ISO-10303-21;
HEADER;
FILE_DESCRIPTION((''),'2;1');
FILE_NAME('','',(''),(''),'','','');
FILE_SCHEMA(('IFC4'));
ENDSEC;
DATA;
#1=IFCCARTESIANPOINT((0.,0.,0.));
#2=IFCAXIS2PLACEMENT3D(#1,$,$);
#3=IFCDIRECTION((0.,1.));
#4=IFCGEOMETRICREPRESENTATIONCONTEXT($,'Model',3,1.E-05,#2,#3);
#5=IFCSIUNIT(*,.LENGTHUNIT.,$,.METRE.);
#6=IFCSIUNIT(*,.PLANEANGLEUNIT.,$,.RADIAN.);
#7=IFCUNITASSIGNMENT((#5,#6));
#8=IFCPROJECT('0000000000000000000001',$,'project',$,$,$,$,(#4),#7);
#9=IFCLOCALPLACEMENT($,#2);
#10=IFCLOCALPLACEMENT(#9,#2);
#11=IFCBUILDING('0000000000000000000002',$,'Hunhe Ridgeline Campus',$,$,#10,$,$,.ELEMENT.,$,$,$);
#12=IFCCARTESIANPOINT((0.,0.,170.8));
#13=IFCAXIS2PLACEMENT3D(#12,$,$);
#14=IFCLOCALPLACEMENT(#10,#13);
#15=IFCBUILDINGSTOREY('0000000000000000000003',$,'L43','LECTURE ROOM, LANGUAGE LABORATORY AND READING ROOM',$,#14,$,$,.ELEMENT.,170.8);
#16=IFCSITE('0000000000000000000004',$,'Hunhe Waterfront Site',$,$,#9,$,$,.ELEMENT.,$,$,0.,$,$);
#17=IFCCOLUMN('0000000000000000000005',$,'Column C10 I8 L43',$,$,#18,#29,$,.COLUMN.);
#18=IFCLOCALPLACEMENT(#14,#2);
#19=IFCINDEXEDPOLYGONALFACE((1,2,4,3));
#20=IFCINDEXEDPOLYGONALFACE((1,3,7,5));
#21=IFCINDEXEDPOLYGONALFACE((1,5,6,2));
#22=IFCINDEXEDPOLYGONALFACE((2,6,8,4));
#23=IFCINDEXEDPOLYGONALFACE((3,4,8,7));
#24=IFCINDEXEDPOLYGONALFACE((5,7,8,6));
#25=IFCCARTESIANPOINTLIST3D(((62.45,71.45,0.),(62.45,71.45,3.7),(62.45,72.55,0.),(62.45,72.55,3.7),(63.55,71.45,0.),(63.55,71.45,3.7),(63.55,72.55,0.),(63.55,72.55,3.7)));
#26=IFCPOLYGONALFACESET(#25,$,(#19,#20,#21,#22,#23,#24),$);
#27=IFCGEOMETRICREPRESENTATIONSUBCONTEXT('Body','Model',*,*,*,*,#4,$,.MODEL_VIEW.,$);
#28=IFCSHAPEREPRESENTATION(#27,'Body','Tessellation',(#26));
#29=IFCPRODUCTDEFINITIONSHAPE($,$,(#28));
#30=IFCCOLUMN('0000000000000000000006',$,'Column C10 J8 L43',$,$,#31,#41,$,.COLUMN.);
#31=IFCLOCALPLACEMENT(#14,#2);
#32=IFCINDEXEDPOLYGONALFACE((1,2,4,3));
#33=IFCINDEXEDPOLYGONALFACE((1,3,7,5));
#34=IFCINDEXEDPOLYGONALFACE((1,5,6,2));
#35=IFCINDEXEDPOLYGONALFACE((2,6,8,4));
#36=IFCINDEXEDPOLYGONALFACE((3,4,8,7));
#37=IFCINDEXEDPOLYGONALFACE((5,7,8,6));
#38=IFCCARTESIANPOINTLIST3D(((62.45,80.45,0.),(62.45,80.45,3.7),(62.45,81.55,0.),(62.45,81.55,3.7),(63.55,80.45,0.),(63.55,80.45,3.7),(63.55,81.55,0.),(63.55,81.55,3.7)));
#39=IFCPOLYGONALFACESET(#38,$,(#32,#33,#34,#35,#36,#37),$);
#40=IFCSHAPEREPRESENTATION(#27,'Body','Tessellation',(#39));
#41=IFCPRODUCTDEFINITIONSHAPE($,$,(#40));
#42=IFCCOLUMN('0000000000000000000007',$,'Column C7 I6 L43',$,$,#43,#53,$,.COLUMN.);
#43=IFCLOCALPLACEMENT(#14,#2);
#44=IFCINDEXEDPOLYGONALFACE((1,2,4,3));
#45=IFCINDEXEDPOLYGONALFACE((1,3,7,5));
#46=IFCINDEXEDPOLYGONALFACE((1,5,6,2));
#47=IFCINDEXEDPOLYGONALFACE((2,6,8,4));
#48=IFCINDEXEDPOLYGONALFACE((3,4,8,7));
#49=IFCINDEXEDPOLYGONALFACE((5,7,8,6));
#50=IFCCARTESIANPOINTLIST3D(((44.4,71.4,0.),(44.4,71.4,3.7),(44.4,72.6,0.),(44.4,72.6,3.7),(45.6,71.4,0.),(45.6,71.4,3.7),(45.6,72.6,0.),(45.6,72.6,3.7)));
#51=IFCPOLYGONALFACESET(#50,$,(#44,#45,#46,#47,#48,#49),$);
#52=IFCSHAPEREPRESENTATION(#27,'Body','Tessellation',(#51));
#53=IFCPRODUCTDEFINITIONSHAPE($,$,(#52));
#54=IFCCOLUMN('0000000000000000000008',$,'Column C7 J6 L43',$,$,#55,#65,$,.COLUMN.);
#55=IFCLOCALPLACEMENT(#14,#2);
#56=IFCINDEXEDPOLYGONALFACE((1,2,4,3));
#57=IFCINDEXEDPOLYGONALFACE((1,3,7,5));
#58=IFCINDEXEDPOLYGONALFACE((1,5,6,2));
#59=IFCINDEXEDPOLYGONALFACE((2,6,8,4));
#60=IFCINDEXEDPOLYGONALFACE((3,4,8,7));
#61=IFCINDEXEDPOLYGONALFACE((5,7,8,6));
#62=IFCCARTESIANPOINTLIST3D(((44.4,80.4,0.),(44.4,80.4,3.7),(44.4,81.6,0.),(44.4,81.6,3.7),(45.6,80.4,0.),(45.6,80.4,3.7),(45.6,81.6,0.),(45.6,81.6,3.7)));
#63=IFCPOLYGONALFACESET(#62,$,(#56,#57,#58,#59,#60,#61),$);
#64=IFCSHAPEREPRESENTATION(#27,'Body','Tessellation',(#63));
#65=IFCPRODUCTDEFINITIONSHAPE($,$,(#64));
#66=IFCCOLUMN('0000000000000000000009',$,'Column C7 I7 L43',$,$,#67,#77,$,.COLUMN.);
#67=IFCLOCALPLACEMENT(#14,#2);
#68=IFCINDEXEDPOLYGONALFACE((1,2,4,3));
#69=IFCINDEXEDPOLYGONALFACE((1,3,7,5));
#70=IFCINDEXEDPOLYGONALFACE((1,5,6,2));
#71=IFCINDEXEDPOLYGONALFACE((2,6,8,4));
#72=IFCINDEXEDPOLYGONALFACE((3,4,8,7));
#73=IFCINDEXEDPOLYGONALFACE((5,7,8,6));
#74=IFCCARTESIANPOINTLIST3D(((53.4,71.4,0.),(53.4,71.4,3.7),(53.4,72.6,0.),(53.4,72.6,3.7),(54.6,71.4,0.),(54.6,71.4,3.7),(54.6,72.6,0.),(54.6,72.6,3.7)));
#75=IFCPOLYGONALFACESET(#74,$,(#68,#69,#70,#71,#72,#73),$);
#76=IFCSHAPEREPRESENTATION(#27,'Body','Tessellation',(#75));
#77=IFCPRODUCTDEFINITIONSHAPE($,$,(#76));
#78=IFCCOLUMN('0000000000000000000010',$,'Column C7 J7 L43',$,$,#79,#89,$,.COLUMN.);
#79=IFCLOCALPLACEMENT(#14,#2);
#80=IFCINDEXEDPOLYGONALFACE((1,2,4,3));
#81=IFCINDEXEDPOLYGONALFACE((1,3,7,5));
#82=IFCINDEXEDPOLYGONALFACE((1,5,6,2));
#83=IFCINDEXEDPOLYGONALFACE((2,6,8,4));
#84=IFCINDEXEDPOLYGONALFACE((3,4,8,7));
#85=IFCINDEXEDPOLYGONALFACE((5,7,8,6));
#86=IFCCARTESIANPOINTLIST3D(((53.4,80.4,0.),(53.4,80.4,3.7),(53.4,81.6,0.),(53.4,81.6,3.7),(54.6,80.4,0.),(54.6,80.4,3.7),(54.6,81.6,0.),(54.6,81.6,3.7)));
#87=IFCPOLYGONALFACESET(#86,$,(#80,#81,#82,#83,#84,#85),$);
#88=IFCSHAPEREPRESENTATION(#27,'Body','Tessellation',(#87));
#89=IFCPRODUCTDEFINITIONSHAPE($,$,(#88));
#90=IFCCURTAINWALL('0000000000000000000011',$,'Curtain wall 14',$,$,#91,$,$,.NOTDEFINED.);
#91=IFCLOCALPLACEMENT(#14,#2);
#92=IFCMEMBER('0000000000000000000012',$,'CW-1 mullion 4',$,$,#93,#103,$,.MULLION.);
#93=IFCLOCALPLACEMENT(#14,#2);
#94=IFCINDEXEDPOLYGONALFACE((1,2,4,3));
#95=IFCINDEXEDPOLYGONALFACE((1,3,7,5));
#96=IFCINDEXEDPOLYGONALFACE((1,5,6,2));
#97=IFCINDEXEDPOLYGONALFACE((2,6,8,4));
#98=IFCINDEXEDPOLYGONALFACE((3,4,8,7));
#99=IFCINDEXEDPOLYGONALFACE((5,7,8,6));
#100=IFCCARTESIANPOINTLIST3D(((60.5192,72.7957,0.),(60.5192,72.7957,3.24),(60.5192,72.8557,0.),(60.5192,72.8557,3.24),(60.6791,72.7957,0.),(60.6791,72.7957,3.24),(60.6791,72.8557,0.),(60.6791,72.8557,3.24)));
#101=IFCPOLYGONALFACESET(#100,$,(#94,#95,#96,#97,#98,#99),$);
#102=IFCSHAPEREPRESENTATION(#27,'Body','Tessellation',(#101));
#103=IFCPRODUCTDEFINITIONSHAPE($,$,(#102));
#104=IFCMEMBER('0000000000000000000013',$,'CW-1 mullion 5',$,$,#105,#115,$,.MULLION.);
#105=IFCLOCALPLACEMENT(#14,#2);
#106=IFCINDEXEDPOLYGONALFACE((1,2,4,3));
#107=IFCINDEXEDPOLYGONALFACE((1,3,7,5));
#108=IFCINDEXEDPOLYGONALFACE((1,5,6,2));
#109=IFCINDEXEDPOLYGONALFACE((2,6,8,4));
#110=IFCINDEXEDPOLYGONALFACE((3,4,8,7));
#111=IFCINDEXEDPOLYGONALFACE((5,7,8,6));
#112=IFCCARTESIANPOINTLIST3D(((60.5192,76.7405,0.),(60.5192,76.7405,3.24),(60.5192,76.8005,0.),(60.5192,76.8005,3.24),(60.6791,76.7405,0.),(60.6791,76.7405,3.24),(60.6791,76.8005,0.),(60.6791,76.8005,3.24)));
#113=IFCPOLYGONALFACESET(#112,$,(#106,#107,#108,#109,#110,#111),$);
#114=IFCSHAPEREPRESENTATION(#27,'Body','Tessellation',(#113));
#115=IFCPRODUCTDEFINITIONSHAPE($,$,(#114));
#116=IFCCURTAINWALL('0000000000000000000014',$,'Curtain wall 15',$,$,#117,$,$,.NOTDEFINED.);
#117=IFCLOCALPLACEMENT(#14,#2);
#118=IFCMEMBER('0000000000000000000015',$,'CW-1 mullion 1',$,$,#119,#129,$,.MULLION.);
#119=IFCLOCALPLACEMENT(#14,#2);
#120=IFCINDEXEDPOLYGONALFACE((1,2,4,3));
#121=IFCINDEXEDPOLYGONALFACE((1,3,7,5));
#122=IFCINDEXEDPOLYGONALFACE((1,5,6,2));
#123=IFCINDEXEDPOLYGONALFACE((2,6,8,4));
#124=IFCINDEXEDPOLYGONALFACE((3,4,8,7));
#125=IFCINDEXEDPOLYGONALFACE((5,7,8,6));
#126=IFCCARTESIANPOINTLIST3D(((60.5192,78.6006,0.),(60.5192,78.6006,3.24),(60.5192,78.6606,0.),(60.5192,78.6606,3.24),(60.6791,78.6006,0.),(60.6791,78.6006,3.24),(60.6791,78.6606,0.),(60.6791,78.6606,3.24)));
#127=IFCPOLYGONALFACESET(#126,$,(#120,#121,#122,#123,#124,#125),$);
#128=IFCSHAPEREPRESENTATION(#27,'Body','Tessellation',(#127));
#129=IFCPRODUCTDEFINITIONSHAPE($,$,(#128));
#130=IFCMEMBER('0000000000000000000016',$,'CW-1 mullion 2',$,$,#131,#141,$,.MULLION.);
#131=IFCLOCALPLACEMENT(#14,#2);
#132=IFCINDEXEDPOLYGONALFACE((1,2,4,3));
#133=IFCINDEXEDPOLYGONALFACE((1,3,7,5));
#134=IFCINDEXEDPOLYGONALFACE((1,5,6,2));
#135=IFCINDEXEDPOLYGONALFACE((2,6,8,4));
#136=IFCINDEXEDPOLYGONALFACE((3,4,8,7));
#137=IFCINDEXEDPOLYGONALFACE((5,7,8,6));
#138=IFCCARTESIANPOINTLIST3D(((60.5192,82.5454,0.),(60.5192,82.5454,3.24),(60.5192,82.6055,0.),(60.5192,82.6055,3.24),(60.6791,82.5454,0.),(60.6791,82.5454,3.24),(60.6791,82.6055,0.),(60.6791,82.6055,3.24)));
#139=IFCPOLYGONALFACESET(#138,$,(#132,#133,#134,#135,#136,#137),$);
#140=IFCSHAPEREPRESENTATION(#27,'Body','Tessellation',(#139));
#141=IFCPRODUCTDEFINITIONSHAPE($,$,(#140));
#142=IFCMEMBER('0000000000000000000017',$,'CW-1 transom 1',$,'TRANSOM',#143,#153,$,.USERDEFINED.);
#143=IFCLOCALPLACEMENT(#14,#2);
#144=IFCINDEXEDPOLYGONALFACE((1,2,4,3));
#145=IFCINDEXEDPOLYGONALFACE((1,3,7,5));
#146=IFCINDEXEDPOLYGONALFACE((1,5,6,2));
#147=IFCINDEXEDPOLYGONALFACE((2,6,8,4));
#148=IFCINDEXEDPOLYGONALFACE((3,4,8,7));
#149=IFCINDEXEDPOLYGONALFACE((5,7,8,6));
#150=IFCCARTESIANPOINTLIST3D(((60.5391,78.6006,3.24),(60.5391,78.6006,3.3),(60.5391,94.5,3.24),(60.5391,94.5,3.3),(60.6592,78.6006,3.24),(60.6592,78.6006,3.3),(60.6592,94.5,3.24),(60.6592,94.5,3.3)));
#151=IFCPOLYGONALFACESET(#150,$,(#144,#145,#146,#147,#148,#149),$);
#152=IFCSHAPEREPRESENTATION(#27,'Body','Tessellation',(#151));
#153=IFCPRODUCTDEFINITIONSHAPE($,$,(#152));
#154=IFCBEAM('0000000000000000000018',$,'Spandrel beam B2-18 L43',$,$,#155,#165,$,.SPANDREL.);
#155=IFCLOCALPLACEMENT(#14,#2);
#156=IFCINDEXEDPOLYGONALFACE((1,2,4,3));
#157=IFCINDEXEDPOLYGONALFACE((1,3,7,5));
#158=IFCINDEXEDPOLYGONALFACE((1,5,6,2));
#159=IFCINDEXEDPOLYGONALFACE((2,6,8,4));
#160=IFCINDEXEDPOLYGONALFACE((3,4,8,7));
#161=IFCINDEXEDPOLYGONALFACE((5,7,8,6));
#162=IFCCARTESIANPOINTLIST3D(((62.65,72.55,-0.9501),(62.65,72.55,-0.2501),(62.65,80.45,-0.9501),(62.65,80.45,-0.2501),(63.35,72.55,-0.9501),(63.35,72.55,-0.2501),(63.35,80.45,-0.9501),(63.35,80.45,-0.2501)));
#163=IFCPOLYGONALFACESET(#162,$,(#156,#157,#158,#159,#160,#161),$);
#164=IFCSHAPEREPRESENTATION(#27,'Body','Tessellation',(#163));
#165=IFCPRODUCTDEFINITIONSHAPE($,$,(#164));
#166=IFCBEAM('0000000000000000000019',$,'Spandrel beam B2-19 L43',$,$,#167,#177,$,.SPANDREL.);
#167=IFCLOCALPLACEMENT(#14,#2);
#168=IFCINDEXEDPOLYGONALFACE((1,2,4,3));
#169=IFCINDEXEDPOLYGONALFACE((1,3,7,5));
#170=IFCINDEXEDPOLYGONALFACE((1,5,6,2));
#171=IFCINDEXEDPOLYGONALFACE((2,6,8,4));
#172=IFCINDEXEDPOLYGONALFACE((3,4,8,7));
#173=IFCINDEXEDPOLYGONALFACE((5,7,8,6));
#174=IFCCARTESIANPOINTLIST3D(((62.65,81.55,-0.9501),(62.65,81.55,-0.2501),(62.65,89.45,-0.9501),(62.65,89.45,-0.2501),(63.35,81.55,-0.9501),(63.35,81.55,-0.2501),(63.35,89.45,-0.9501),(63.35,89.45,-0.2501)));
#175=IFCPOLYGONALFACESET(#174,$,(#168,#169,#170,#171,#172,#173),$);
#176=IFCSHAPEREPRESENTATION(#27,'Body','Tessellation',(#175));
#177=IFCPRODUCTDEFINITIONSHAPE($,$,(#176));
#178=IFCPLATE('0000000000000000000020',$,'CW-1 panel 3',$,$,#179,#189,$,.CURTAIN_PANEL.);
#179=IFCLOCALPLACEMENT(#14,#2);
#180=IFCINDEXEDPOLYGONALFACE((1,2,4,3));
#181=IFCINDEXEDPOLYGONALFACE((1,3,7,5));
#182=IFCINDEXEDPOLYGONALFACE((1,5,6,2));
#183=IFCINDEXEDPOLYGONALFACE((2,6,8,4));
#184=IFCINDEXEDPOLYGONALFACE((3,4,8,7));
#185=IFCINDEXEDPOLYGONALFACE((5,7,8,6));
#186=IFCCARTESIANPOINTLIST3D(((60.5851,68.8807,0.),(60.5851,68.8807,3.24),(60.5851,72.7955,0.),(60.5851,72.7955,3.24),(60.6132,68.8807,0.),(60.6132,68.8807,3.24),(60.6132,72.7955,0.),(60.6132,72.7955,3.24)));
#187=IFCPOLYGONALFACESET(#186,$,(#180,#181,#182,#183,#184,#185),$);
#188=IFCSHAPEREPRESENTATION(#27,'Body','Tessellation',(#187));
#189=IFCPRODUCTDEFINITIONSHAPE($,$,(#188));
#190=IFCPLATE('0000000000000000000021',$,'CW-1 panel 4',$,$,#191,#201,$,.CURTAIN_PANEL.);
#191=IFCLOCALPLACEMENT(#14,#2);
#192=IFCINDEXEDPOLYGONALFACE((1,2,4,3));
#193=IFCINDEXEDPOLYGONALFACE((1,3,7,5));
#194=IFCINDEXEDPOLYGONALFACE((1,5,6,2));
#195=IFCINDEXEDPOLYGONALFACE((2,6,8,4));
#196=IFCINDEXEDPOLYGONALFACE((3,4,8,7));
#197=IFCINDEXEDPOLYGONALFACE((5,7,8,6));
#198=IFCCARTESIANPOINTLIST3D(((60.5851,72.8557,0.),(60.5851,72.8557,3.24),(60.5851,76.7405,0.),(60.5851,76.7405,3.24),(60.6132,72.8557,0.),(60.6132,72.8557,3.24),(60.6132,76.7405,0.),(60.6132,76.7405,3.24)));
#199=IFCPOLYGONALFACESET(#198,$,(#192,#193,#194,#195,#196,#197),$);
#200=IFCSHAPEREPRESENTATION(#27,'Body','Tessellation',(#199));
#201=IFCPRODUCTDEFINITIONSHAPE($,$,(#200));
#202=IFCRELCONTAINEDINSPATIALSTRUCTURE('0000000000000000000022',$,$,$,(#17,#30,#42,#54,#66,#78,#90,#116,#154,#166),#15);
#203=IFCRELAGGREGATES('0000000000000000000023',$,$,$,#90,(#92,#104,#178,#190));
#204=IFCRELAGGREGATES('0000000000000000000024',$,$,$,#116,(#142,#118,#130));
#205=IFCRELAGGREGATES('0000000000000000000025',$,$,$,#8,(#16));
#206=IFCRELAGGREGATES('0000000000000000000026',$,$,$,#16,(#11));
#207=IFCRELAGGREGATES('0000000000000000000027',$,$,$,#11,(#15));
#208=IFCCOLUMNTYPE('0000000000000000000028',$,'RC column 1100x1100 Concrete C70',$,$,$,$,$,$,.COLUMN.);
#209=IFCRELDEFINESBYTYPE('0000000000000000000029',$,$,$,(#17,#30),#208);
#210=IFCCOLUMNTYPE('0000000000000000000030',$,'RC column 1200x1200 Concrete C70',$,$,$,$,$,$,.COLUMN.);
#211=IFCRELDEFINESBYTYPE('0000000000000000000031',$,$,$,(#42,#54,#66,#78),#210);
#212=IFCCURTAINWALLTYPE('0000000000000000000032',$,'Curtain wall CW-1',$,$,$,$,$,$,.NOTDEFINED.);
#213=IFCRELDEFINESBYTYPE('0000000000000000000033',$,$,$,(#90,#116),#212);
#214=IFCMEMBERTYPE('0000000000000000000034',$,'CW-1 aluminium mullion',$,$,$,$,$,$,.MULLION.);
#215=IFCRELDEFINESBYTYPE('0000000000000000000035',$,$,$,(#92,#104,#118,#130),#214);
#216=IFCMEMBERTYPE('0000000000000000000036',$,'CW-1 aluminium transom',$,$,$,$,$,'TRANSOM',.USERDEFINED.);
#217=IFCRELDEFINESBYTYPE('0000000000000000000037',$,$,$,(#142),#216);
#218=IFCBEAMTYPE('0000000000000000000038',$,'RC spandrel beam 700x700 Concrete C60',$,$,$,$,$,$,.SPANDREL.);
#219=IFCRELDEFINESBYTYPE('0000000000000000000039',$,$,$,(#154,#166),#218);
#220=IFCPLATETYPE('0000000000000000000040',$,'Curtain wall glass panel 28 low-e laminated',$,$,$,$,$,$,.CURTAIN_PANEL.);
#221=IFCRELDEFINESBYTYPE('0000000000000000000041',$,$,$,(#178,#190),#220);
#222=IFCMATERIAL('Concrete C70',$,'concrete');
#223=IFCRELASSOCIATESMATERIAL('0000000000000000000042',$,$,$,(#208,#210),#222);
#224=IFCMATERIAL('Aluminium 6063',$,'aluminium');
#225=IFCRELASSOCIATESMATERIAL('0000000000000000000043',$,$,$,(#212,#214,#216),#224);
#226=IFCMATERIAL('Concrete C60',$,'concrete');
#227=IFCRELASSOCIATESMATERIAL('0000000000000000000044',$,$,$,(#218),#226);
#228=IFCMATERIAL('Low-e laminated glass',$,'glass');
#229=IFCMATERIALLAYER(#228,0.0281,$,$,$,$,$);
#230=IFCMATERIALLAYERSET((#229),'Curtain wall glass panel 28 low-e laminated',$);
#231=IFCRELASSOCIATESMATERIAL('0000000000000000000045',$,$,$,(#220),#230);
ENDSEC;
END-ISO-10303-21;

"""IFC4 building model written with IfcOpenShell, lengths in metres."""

from ifc_helpers import new_model, si_unit, direction, frame, origin, origin_2d, place, context, subcontext, project, spatial, rectangle, extrude, material, layer, layer_set, material_profile, profile_set, type_object, element, aggregate, save


model = new_model("IFC4")

# Units and contexts
model_context = context("Model", 3, precision=1e-05, world=origin(), true_north=direction((0.0, 1.0)))
body_context = subcontext(model_context, "Body", "Model", "MODEL_VIEW")
ifc_project = project(units=[si_unit("LENGTHUNIT", "METRE"), si_unit("PLANEANGLEUNIT", "RADIAN")], contexts=[model_context])

# Site, building, storey
site_placement = place(None, origin())
site = spatial("IfcSite", under=ifc_project, at=site_placement, Name="Hunhe Waterfront Site", CompositionType="ELEMENT", RefElevation=0.0)
building_placement = place(site_placement, origin())
building = spatial("IfcBuilding", under=site, at=building_placement, Name="Hunhe Ridgeline Campus", CompositionType="ELEMENT")
storey_placement = place(building_placement, frame((0.0, 0.0, 170.8)))
storey = spatial("IfcBuildingStorey", under=building, at=storey_placement, Name="L43", Description="LECTURE ROOM, LANGUAGE LABORATORY AND READING ROOM", CompositionType="ELEMENT", Elevation=170.8)

# Columns
ifc_material_1 = material(Name="Concrete C70", Category="concrete")
ifc_material_profile_1 = material_profile(ifc_material_1, rectangle(XDim=1.1001, YDim=1.1001, at=origin_2d()))
ifc_profile_set_1 = profile_set([ifc_material_profile_1], Name="Concrete C70")
column_type_1 = type_object("IfcColumnType", Name="RC column 1100x1100 Concrete C70", PredefinedType="COLUMN", material=ifc_profile_set_1)
for number, where, z_axis, x_axis, name in (
    (1, (63.0, 72.0, 0.0), (0.0, 0.0, 1.0), (1.0, 0.0, 0.0), "Column C10 I8 L43"),
    (2, (63.0, 81.0, 0.0), (0.0, 0.0, 1.0), (1.0, 0.0, 0.0), "Column C10 J8 L43"),
):
    element("IfcColumn", number, at=place(storey_placement, frame(where, z_axis=z_axis, x_axis=x_axis)), inside=storey, type_object=column_type_1, Name=name, PredefinedType="COLUMN", context=body_context, shape_type="SweptSolid", body=[
        extrude(rectangle(XDim=1.1001, YDim=1.1001, at=origin_2d()), origin(), (0.0, 0.0, 1.0), 3.7),
    ])
ifc_material_profile_2 = material_profile(ifc_material_1, rectangle(XDim=1.2, YDim=1.2, at=origin_2d()))
ifc_profile_set_2 = profile_set([ifc_material_profile_2], Name="Concrete C70")
column_type_2 = type_object("IfcColumnType", Name="RC column 1200x1200 Concrete C70", PredefinedType="COLUMN", material=ifc_profile_set_2)
for number, where, z_axis, x_axis, name in (
    (3, (45.0, 72.0, 0.0), (0.0, 0.0, 1.0), (1.0, 0.0, 0.0), "Column C7 I6 L43"),
    (4, (45.0, 81.0, 0.0), (0.0, 0.0, 1.0), (1.0, 0.0, 0.0), "Column C7 J6 L43"),
    (5, (54.0, 72.0, 0.0), (0.0, 0.0, 1.0), (1.0, 0.0, 0.0), "Column C7 I7 L43"),
    (6, (54.0, 81.0, 0.0), (0.0, 0.0, 1.0), (1.0, 0.0, 0.0), "Column C7 J7 L43"),
):
    element("IfcColumn", number, at=place(storey_placement, frame(where, z_axis=z_axis, x_axis=x_axis)), inside=storey, type_object=column_type_2, Name=name, PredefinedType="COLUMN", context=body_context, shape_type="SweptSolid", body=[
        extrude(rectangle(XDim=1.2, YDim=1.2, at=origin_2d()), origin(), (0.0, 0.0, 1.0), 3.7),
    ])

# Curtain walls, members
ifc_material_2 = material(Name="Aluminium 6063", Category="aluminium")
curtain_wall_type = type_object("IfcCurtainWallType", Name="Curtain wall CW-1", PredefinedType="NOTDEFINED", material=ifc_material_2)
curtain_wall_1_placement = place(storey_placement, origin())
curtain_wall_1 = element("IfcCurtainWall", 7, at=curtain_wall_1_placement, inside=storey, type_object=curtain_wall_type, Name="Curtain wall 14", PredefinedType="NOTDEFINED")
ifc_material_profile_3 = material_profile(ifc_material_2, rectangle(XDim=0.1599, YDim=0.0601, at=origin_2d()))
ifc_profile_set_3 = profile_set([ifc_material_profile_3], Name="Aluminium 6063")
member_type_1 = type_object("IfcMemberType", Name="CW-1 aluminium mullion", PredefinedType="MULLION", material=ifc_profile_set_3)
member_1_placement = place(storey_placement, frame((60.5991, 72.8257, 0.0), z_axis=(0.0, 0.0, 1.0), x_axis=(-1.0, 0.0, 0.0)))
member_1 = element("IfcMember", 8, at=member_1_placement, type_object=member_type_1, Name="CW-1 mullion 4", PredefinedType="MULLION", context=body_context, shape_type="SweptSolid", body=[
    extrude(rectangle(XDim=0.1599, YDim=0.0601, at=origin_2d()), origin(), (0.0, 0.0, 1.0), 3.24),
])
member_2_placement = place(storey_placement, frame((60.5991, 76.7705, 0.0), z_axis=(0.0, 0.0, 1.0), x_axis=(-1.0, 0.0, 0.0)))
member_2 = element("IfcMember", 9, at=member_2_placement, type_object=member_type_1, Name="CW-1 mullion 5", PredefinedType="MULLION", context=body_context, shape_type="SweptSolid", body=[
    extrude(rectangle(XDim=0.1599, YDim=0.0601, at=origin_2d()), origin(), (0.0, 0.0, 1.0), 3.24),
])
curtain_wall_2_placement = place(storey_placement, origin())
curtain_wall_2 = element("IfcCurtainWall", 10, at=curtain_wall_2_placement, inside=storey, type_object=curtain_wall_type, Name="Curtain wall 15", PredefinedType="NOTDEFINED")
member_3_placement = place(storey_placement, frame((60.5991, 78.6306, 0.0), z_axis=(0.0, 0.0, 1.0), x_axis=(-1.0, 0.0, 0.0)))
member_3 = element("IfcMember", 11, at=member_3_placement, type_object=member_type_1, Name="CW-1 mullion 1", PredefinedType="MULLION", context=body_context, shape_type="SweptSolid", body=[
    extrude(rectangle(XDim=0.1599, YDim=0.0601, at=origin_2d()), origin(), (0.0, 0.0, 1.0), 3.24),
])
member_4_placement = place(storey_placement, frame((60.5991, 82.5754, 0.0), z_axis=(0.0, 0.0, 1.0), x_axis=(-1.0, 0.0, 0.0)))
member_4 = element("IfcMember", 12, at=member_4_placement, type_object=member_type_1, Name="CW-1 mullion 2", PredefinedType="MULLION", context=body_context, shape_type="SweptSolid", body=[
    extrude(rectangle(XDim=0.1599, YDim=0.0601, at=origin_2d()), origin(), (0.0, 0.0, 1.0), 3.24),
])
ifc_material_profile_4 = material_profile(ifc_material_2, rectangle(XDim=0.1201, YDim=0.0601, at=origin_2d()))
ifc_profile_set_4 = profile_set([ifc_material_profile_4], Name="Aluminium 6063")
member_type_2 = type_object("IfcMemberType", Name="CW-1 aluminium transom", ElementType="TRANSOM", PredefinedType="USERDEFINED", material=ifc_profile_set_4)
member_5_placement = place(storey_placement, frame((60.5991, 78.6006, 3.27), z_axis=(0.0, 1.0, 0.0), x_axis=(-1.0, 0.0, 0.0)))
member_5 = element("IfcMember", 13, at=member_5_placement, type_object=member_type_2, Name="CW-1 transom 1", ObjectType="TRANSOM", PredefinedType="USERDEFINED", context=body_context, shape_type="SweptSolid", body=[
    extrude(rectangle(XDim=0.1201, YDim=0.0601, at=origin_2d()), origin(), (0.0, 0.0, 1.0), 15.8994),
])

# Beams
ifc_material_3 = material(Name="Concrete C60", Category="concrete")
ifc_material_profile_5 = material_profile(ifc_material_3, rectangle(XDim=0.7, YDim=0.7, at=origin_2d()))
ifc_profile_set_5 = profile_set([ifc_material_profile_5], Name="Concrete C60")
beam_type = type_object("IfcBeamType", Name="RC spandrel beam 700x700 Concrete C60", PredefinedType="SPANDREL", material=ifc_profile_set_5)
for number, where, z_axis, x_axis, name in (
    (14, (63.0, 72.55, -0.6001), (0.0, 1.0, 0.0), (-1.0, 0.0, 0.0), "Spandrel beam B2-18 L43"),
    (15, (63.0, 81.55, -0.6001), (0.0, 1.0, 0.0), (-1.0, 0.0, 0.0), "Spandrel beam B2-19 L43"),
):
    element("IfcBeam", number, at=place(storey_placement, frame(where, z_axis=z_axis, x_axis=x_axis)), inside=storey, type_object=beam_type, Name=name, PredefinedType="SPANDREL", context=body_context, shape_type="SweptSolid", body=[
        extrude(rectangle(XDim=0.7, YDim=0.7, at=origin_2d()), origin(), (0.0, 0.0, 1.0), 7.8999),
    ])

# Plates
ifc_material_4 = material(Name="Low-e laminated glass", Category="glass")
ifc_layer_1 = layer(ifc_material_4, 0.0281)
ifc_layer_set_1 = layer_set([ifc_layer_1], Name="Curtain wall glass panel 28 low-e laminated")
plate_type = type_object("IfcPlateType", Name="Curtain wall glass panel 28 low-e laminated", PredefinedType="CURTAIN_PANEL", material=ifc_layer_set_1)
plate_1_placement = place(storey_placement, frame((60.5991, 70.8381, 0.0), z_axis=(0.0, 0.0, 1.0), x_axis=(0.0, 1.0, 0.0)))
plate_1 = element("IfcPlate", 16, at=plate_1_placement, type_object=plate_type, Name="CW-1 panel 3", PredefinedType="CURTAIN_PANEL", context=body_context, shape_type="SweptSolid", body=[
    extrude(rectangle(XDim=3.9148, YDim=0.0281, at=origin_2d()), origin(), (0.0, 0.0, 1.0), 3.24),
])
plate_2_placement = place(storey_placement, frame((60.5991, 74.7981, 0.0), z_axis=(0.0, 0.0, 1.0), x_axis=(0.0, 1.0, 0.0)))
plate_2 = element("IfcPlate", 17, at=plate_2_placement, type_object=plate_type, Name="CW-1 panel 4", PredefinedType="CURTAIN_PANEL", context=body_context, shape_type="SweptSolid", body=[
    extrude(rectangle(XDim=3.8848, YDim=0.0281, at=origin_2d()), origin(), (0.0, 0.0, 1.0), 3.24),
])
aggregate(curtain_wall_1, [member_1, member_2, plate_1, plate_2])
aggregate(curtain_wall_2, [member_5, member_3, member_4])

save(model, "model.ifc")
